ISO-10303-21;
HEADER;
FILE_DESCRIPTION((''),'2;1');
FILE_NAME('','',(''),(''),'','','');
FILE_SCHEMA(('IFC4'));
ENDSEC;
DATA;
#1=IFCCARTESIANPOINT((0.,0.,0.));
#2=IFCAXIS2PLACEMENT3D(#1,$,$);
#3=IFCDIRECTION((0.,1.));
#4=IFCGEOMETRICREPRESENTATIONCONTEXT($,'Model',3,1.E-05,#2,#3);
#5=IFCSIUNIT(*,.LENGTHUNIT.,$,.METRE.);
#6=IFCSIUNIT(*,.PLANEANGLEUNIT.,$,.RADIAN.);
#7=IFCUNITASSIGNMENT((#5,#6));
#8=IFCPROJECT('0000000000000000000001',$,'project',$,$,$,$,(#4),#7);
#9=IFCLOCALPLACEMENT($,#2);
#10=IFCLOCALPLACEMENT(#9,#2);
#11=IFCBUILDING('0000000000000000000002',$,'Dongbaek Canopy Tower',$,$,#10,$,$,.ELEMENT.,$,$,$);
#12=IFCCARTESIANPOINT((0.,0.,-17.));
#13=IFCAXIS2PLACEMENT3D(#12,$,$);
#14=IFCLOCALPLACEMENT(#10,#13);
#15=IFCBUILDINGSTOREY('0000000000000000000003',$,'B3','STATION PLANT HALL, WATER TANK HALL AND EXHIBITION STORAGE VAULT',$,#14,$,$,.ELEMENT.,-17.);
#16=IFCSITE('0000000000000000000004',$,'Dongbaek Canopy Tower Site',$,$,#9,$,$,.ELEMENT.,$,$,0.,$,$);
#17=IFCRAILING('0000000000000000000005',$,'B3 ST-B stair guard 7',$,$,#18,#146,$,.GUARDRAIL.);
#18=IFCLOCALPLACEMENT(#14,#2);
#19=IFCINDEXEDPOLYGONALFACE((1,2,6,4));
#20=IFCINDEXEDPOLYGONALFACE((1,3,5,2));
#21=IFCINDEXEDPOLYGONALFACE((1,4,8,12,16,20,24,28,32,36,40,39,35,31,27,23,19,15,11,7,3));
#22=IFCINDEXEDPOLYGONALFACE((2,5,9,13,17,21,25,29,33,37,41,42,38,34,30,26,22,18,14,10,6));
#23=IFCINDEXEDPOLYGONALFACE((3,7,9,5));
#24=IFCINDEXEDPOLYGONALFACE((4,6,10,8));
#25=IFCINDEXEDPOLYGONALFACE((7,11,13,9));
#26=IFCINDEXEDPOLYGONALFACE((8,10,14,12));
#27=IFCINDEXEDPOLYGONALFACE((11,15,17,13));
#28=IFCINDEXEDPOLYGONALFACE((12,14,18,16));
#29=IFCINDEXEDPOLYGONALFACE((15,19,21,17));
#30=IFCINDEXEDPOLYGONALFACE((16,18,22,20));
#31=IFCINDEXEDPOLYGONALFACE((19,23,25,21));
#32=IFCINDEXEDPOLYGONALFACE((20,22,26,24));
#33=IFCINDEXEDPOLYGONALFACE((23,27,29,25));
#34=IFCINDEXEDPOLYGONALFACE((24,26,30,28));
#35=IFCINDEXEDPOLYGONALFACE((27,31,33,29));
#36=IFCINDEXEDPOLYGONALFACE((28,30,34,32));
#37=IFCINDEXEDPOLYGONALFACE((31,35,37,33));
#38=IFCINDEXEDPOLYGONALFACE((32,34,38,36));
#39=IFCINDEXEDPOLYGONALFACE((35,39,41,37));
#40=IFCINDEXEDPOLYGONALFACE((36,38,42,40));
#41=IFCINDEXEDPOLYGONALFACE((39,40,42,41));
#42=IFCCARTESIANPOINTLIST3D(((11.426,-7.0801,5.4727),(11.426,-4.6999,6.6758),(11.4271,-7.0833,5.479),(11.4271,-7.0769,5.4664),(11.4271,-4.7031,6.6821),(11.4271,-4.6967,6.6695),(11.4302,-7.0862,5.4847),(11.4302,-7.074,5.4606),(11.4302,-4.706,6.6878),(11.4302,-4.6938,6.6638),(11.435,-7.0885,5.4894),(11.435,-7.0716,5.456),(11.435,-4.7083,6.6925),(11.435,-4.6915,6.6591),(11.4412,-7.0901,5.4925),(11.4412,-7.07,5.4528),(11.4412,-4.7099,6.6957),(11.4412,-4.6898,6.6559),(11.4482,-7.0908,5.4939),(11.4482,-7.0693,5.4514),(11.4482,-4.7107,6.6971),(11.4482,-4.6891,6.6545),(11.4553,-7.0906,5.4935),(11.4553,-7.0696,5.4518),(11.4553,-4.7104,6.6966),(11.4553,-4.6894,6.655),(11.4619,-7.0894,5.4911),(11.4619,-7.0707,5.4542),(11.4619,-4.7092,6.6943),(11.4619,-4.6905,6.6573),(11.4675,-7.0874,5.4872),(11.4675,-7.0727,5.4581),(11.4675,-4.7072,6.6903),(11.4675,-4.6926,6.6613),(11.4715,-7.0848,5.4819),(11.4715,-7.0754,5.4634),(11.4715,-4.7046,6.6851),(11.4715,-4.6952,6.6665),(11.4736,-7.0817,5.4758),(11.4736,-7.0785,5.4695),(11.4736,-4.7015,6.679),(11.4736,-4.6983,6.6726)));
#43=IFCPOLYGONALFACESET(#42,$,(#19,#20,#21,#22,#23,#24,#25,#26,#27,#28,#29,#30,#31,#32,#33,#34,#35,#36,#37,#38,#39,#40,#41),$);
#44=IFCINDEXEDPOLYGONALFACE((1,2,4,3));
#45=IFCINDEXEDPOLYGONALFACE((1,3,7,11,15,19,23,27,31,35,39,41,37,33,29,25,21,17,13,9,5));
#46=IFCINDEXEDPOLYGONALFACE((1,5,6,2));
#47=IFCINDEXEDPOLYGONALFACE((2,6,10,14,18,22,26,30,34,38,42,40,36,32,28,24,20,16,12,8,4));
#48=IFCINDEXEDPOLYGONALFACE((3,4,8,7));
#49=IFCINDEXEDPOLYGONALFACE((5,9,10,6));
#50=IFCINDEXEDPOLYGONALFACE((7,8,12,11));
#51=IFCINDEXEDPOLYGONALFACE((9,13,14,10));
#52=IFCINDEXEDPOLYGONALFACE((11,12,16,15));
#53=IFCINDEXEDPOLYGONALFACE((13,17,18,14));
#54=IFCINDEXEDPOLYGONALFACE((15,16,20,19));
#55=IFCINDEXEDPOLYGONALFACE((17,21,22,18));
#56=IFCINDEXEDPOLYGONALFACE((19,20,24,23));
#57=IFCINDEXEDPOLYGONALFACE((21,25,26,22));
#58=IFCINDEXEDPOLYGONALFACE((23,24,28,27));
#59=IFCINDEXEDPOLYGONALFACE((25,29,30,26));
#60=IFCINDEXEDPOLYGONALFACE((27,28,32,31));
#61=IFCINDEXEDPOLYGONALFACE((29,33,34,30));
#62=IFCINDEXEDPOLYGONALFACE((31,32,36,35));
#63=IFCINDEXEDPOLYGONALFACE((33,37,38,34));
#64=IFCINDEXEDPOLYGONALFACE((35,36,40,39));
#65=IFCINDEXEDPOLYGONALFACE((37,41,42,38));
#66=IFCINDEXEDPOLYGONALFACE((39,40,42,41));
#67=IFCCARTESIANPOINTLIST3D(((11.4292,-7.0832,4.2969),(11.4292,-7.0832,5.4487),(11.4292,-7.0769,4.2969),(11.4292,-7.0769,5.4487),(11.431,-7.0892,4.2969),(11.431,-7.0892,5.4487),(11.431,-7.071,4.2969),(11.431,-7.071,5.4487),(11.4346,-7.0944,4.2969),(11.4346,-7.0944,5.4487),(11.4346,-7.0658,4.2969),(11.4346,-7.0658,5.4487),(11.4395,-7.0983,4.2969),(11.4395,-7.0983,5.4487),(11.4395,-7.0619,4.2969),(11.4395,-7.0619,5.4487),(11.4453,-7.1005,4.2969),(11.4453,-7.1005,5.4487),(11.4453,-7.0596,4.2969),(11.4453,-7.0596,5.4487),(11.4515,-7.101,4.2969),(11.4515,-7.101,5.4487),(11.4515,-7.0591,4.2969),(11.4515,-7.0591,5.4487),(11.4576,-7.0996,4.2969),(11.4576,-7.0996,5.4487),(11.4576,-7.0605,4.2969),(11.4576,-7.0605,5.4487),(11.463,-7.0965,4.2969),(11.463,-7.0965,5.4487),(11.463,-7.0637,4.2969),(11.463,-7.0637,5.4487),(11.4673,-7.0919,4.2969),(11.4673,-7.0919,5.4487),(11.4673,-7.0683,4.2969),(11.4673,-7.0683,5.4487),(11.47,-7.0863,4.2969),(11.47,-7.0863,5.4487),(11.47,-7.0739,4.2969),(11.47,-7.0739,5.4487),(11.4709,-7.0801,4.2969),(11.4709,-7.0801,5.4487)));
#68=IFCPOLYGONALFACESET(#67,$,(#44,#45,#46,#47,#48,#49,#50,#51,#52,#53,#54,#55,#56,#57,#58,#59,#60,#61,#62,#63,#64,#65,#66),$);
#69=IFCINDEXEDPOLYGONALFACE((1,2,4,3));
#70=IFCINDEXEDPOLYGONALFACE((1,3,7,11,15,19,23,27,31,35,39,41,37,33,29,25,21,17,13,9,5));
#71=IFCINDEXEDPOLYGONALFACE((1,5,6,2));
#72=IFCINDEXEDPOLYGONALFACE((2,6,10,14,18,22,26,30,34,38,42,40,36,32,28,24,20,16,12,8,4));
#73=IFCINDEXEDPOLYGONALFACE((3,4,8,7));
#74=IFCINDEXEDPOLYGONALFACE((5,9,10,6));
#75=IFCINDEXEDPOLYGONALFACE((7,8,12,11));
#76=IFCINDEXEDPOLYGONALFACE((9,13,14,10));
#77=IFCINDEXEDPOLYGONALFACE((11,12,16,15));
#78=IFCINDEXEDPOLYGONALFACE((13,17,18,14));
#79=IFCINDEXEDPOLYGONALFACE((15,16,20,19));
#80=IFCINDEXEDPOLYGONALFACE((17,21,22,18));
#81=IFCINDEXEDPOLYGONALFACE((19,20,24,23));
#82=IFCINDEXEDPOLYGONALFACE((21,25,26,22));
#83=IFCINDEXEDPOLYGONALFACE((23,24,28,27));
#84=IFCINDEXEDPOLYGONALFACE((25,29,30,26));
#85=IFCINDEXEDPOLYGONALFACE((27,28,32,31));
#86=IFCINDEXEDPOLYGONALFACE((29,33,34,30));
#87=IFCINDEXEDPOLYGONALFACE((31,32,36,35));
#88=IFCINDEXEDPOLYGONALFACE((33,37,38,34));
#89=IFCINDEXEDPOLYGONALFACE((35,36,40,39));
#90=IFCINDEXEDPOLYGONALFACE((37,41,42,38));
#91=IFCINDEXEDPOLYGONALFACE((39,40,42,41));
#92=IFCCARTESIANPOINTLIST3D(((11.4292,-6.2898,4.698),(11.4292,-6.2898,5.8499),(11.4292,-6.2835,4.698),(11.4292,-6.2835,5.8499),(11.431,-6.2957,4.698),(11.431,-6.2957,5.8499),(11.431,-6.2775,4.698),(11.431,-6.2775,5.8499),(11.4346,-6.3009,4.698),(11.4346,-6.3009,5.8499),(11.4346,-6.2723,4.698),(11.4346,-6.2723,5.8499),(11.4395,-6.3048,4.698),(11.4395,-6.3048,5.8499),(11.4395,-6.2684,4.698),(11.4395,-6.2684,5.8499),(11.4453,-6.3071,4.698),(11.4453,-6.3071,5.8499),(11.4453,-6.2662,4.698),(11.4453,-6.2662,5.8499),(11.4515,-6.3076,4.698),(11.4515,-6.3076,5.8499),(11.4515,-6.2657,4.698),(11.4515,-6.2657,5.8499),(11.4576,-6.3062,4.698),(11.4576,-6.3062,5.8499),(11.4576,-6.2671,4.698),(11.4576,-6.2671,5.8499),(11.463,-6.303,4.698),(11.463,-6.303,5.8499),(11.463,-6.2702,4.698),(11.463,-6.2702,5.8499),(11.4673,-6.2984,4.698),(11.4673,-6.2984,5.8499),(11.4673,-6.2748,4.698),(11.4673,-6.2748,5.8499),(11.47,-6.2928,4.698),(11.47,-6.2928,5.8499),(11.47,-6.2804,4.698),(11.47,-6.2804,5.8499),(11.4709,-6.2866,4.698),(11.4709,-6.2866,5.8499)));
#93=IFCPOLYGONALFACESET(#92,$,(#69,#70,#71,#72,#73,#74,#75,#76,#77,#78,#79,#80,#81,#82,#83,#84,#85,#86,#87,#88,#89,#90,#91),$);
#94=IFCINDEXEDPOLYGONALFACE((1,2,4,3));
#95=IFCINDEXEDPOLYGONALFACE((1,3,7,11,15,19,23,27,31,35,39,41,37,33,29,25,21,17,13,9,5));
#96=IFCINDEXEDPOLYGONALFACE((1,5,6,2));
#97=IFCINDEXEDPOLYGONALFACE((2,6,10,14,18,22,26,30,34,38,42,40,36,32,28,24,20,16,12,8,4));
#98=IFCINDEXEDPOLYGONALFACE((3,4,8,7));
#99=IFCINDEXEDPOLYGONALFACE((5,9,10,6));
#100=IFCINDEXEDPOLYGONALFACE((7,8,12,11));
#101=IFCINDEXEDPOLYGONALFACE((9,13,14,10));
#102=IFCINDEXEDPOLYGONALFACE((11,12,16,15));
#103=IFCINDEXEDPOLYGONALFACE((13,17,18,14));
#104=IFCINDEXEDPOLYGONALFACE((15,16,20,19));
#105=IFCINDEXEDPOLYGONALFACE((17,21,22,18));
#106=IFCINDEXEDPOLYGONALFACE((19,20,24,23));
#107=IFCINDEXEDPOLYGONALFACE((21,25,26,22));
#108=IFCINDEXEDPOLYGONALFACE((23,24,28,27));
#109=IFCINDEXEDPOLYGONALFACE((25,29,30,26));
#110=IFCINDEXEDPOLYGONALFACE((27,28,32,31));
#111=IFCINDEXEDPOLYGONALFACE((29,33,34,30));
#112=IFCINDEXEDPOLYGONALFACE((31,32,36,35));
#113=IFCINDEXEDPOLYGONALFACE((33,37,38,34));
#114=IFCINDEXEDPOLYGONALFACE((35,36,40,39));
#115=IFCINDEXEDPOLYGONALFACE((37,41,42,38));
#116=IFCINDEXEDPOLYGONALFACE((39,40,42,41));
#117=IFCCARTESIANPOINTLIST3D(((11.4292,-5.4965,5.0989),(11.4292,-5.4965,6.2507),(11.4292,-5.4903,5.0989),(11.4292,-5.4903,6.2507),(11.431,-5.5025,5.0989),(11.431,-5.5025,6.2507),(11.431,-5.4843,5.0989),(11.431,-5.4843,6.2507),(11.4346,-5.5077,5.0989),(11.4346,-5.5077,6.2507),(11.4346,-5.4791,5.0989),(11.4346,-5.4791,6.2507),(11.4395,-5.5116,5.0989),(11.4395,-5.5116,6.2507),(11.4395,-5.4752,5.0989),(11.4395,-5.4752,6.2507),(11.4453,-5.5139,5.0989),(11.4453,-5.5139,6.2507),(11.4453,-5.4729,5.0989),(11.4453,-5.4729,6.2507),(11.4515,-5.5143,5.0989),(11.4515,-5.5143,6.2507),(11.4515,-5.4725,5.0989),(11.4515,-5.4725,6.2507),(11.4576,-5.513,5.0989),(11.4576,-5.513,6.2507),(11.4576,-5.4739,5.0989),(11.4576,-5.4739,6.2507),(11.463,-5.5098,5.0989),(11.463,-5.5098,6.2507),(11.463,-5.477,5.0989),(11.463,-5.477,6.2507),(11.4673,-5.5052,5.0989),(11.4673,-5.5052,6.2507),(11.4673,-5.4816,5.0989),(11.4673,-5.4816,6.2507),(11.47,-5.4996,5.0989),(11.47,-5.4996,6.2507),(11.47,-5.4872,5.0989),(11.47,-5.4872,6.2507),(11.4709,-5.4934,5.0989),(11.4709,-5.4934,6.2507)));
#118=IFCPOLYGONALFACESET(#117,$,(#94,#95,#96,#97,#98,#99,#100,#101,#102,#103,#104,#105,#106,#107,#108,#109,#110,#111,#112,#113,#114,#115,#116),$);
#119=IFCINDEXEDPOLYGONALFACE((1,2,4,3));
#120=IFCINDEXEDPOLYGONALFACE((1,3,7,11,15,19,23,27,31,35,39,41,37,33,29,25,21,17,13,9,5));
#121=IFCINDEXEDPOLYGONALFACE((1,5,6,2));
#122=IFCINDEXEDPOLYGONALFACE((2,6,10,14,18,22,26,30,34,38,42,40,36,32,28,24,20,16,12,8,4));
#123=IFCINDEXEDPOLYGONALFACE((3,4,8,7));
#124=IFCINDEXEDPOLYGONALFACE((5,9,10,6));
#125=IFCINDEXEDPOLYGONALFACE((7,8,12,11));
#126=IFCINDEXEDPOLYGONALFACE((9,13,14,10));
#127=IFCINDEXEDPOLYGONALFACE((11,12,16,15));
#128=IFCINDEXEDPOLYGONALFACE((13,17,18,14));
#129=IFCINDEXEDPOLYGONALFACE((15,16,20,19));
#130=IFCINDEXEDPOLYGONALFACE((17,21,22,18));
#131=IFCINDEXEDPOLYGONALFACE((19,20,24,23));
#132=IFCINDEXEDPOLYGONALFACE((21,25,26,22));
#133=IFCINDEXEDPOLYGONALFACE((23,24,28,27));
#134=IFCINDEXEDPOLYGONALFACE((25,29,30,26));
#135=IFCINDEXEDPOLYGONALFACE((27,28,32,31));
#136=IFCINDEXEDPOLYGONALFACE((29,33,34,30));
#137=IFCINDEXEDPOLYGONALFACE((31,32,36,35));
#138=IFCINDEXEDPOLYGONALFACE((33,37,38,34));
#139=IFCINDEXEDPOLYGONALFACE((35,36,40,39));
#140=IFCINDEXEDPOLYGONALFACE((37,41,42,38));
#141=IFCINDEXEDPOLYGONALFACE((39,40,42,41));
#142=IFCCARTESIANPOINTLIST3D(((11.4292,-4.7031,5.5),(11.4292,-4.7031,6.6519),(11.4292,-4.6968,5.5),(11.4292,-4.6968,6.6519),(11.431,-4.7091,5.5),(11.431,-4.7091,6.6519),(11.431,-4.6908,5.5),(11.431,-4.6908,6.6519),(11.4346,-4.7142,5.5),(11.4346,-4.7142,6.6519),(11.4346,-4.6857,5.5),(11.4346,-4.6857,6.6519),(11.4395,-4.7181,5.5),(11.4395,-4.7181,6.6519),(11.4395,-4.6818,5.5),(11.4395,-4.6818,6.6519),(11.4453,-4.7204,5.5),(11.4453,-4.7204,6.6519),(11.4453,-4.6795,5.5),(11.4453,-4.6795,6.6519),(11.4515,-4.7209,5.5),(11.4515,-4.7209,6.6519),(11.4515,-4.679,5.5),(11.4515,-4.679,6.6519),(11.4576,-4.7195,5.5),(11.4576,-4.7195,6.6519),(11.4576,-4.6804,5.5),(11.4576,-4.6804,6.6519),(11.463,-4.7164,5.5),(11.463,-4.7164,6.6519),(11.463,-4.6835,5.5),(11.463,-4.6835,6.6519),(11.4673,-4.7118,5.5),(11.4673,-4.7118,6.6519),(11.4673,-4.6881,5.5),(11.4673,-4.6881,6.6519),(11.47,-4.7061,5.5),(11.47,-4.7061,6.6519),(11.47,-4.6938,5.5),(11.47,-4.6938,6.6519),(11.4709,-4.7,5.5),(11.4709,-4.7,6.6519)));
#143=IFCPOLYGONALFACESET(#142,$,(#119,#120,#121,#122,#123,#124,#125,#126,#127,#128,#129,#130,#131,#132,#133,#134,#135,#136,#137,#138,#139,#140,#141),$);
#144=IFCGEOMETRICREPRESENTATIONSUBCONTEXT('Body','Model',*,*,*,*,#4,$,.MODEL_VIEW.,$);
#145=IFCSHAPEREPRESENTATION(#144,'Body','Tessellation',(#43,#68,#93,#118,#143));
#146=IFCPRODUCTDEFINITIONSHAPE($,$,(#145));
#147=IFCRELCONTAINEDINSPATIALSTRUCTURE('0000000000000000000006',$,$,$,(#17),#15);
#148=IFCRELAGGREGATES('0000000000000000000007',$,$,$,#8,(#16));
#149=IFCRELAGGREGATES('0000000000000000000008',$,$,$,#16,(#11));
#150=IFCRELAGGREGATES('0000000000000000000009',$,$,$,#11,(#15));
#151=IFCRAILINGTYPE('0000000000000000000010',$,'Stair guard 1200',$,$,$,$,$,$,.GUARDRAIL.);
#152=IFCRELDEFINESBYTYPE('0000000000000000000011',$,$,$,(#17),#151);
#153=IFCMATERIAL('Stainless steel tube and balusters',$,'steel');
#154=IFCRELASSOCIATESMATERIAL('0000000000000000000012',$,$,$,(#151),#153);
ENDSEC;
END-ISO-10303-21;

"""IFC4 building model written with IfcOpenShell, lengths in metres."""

from ifc_helpers import new_model, si_unit, direction, frame, origin, origin_2d, place, context, subcontext, project, spatial, circle, extrude, material, type_object, element, save


model = new_model("IFC4")

# Units and contexts
model_context = context("Model", 3, precision=1e-05, world=origin(), true_north=direction((0.0, 1.0)))
body_context = subcontext(model_context, "Body", "Model", "MODEL_VIEW")
ifc_project = project(units=[si_unit("LENGTHUNIT", "METRE"), si_unit("PLANEANGLEUNIT", "RADIAN")], contexts=[model_context])

# Site, building, storey
site_placement = place(None, origin())
site = spatial("IfcSite", under=ifc_project, at=site_placement, Name="Dongbaek Canopy Tower Site", CompositionType="ELEMENT", RefElevation=0.0)
building_placement = place(site_placement, origin())
building = spatial("IfcBuilding", under=site, at=building_placement, Name="Dongbaek Canopy Tower", CompositionType="ELEMENT")
storey_placement = place(building_placement, frame((0.0, 0.0, -17.0)))
storey = spatial("IfcBuildingStorey", under=building, at=storey_placement, Name="B3", Description="STATION PLANT HALL, WATER TANK HALL AND EXHIBITION STORAGE VAULT", CompositionType="ELEMENT", Elevation=-17.0)

# Railing
ifc_material_1 = material(Name="Stainless steel tube and balusters", Category="steel")
railing_type_1 = type_object("IfcRailingType", Name="Stair guard 1200", PredefinedType="GUARDRAIL", material=ifc_material_1)
railing_1_placement = place(storey_placement, frame((11.45, -7.0801, 4.2969)))
element("IfcRailing", 1, at=railing_1_placement, inside=storey, type_object=railing_type_1, Name="B3 ST-B stair guard 7", PredefinedType="GUARDRAIL", context=body_context, shape_type="SweptSolid", body=[
    extrude(circle(Radius=0.0239, at=origin_2d()), frame((0.0, 0.0, 1.1758), z_axis=(0.0, 0.89246, 0.451127), x_axis=(-1.0, 0.0, 0.0)), (0.0, 0.0, 1.0), 2.667),
    extrude(circle(Radius=0.021, at=origin_2d()), origin(), (0.0, 0.0, 1.0), 1.1519),
    extrude(circle(Radius=0.021, at=origin_2d()), frame((0.0, 0.7935, 0.4011)), (0.0, 0.0, 1.0), 1.1519),
    extrude(circle(Radius=0.021, at=origin_2d()), frame((0.0, 1.5867, 0.802)), (0.0, 0.0, 1.0), 1.1519),
    extrude(circle(Radius=0.021, at=origin_2d()), frame((0.0, 2.3801, 1.2031)), (0.0, 0.0, 1.0), 1.1519),
])

save(model, "model.ifc")
